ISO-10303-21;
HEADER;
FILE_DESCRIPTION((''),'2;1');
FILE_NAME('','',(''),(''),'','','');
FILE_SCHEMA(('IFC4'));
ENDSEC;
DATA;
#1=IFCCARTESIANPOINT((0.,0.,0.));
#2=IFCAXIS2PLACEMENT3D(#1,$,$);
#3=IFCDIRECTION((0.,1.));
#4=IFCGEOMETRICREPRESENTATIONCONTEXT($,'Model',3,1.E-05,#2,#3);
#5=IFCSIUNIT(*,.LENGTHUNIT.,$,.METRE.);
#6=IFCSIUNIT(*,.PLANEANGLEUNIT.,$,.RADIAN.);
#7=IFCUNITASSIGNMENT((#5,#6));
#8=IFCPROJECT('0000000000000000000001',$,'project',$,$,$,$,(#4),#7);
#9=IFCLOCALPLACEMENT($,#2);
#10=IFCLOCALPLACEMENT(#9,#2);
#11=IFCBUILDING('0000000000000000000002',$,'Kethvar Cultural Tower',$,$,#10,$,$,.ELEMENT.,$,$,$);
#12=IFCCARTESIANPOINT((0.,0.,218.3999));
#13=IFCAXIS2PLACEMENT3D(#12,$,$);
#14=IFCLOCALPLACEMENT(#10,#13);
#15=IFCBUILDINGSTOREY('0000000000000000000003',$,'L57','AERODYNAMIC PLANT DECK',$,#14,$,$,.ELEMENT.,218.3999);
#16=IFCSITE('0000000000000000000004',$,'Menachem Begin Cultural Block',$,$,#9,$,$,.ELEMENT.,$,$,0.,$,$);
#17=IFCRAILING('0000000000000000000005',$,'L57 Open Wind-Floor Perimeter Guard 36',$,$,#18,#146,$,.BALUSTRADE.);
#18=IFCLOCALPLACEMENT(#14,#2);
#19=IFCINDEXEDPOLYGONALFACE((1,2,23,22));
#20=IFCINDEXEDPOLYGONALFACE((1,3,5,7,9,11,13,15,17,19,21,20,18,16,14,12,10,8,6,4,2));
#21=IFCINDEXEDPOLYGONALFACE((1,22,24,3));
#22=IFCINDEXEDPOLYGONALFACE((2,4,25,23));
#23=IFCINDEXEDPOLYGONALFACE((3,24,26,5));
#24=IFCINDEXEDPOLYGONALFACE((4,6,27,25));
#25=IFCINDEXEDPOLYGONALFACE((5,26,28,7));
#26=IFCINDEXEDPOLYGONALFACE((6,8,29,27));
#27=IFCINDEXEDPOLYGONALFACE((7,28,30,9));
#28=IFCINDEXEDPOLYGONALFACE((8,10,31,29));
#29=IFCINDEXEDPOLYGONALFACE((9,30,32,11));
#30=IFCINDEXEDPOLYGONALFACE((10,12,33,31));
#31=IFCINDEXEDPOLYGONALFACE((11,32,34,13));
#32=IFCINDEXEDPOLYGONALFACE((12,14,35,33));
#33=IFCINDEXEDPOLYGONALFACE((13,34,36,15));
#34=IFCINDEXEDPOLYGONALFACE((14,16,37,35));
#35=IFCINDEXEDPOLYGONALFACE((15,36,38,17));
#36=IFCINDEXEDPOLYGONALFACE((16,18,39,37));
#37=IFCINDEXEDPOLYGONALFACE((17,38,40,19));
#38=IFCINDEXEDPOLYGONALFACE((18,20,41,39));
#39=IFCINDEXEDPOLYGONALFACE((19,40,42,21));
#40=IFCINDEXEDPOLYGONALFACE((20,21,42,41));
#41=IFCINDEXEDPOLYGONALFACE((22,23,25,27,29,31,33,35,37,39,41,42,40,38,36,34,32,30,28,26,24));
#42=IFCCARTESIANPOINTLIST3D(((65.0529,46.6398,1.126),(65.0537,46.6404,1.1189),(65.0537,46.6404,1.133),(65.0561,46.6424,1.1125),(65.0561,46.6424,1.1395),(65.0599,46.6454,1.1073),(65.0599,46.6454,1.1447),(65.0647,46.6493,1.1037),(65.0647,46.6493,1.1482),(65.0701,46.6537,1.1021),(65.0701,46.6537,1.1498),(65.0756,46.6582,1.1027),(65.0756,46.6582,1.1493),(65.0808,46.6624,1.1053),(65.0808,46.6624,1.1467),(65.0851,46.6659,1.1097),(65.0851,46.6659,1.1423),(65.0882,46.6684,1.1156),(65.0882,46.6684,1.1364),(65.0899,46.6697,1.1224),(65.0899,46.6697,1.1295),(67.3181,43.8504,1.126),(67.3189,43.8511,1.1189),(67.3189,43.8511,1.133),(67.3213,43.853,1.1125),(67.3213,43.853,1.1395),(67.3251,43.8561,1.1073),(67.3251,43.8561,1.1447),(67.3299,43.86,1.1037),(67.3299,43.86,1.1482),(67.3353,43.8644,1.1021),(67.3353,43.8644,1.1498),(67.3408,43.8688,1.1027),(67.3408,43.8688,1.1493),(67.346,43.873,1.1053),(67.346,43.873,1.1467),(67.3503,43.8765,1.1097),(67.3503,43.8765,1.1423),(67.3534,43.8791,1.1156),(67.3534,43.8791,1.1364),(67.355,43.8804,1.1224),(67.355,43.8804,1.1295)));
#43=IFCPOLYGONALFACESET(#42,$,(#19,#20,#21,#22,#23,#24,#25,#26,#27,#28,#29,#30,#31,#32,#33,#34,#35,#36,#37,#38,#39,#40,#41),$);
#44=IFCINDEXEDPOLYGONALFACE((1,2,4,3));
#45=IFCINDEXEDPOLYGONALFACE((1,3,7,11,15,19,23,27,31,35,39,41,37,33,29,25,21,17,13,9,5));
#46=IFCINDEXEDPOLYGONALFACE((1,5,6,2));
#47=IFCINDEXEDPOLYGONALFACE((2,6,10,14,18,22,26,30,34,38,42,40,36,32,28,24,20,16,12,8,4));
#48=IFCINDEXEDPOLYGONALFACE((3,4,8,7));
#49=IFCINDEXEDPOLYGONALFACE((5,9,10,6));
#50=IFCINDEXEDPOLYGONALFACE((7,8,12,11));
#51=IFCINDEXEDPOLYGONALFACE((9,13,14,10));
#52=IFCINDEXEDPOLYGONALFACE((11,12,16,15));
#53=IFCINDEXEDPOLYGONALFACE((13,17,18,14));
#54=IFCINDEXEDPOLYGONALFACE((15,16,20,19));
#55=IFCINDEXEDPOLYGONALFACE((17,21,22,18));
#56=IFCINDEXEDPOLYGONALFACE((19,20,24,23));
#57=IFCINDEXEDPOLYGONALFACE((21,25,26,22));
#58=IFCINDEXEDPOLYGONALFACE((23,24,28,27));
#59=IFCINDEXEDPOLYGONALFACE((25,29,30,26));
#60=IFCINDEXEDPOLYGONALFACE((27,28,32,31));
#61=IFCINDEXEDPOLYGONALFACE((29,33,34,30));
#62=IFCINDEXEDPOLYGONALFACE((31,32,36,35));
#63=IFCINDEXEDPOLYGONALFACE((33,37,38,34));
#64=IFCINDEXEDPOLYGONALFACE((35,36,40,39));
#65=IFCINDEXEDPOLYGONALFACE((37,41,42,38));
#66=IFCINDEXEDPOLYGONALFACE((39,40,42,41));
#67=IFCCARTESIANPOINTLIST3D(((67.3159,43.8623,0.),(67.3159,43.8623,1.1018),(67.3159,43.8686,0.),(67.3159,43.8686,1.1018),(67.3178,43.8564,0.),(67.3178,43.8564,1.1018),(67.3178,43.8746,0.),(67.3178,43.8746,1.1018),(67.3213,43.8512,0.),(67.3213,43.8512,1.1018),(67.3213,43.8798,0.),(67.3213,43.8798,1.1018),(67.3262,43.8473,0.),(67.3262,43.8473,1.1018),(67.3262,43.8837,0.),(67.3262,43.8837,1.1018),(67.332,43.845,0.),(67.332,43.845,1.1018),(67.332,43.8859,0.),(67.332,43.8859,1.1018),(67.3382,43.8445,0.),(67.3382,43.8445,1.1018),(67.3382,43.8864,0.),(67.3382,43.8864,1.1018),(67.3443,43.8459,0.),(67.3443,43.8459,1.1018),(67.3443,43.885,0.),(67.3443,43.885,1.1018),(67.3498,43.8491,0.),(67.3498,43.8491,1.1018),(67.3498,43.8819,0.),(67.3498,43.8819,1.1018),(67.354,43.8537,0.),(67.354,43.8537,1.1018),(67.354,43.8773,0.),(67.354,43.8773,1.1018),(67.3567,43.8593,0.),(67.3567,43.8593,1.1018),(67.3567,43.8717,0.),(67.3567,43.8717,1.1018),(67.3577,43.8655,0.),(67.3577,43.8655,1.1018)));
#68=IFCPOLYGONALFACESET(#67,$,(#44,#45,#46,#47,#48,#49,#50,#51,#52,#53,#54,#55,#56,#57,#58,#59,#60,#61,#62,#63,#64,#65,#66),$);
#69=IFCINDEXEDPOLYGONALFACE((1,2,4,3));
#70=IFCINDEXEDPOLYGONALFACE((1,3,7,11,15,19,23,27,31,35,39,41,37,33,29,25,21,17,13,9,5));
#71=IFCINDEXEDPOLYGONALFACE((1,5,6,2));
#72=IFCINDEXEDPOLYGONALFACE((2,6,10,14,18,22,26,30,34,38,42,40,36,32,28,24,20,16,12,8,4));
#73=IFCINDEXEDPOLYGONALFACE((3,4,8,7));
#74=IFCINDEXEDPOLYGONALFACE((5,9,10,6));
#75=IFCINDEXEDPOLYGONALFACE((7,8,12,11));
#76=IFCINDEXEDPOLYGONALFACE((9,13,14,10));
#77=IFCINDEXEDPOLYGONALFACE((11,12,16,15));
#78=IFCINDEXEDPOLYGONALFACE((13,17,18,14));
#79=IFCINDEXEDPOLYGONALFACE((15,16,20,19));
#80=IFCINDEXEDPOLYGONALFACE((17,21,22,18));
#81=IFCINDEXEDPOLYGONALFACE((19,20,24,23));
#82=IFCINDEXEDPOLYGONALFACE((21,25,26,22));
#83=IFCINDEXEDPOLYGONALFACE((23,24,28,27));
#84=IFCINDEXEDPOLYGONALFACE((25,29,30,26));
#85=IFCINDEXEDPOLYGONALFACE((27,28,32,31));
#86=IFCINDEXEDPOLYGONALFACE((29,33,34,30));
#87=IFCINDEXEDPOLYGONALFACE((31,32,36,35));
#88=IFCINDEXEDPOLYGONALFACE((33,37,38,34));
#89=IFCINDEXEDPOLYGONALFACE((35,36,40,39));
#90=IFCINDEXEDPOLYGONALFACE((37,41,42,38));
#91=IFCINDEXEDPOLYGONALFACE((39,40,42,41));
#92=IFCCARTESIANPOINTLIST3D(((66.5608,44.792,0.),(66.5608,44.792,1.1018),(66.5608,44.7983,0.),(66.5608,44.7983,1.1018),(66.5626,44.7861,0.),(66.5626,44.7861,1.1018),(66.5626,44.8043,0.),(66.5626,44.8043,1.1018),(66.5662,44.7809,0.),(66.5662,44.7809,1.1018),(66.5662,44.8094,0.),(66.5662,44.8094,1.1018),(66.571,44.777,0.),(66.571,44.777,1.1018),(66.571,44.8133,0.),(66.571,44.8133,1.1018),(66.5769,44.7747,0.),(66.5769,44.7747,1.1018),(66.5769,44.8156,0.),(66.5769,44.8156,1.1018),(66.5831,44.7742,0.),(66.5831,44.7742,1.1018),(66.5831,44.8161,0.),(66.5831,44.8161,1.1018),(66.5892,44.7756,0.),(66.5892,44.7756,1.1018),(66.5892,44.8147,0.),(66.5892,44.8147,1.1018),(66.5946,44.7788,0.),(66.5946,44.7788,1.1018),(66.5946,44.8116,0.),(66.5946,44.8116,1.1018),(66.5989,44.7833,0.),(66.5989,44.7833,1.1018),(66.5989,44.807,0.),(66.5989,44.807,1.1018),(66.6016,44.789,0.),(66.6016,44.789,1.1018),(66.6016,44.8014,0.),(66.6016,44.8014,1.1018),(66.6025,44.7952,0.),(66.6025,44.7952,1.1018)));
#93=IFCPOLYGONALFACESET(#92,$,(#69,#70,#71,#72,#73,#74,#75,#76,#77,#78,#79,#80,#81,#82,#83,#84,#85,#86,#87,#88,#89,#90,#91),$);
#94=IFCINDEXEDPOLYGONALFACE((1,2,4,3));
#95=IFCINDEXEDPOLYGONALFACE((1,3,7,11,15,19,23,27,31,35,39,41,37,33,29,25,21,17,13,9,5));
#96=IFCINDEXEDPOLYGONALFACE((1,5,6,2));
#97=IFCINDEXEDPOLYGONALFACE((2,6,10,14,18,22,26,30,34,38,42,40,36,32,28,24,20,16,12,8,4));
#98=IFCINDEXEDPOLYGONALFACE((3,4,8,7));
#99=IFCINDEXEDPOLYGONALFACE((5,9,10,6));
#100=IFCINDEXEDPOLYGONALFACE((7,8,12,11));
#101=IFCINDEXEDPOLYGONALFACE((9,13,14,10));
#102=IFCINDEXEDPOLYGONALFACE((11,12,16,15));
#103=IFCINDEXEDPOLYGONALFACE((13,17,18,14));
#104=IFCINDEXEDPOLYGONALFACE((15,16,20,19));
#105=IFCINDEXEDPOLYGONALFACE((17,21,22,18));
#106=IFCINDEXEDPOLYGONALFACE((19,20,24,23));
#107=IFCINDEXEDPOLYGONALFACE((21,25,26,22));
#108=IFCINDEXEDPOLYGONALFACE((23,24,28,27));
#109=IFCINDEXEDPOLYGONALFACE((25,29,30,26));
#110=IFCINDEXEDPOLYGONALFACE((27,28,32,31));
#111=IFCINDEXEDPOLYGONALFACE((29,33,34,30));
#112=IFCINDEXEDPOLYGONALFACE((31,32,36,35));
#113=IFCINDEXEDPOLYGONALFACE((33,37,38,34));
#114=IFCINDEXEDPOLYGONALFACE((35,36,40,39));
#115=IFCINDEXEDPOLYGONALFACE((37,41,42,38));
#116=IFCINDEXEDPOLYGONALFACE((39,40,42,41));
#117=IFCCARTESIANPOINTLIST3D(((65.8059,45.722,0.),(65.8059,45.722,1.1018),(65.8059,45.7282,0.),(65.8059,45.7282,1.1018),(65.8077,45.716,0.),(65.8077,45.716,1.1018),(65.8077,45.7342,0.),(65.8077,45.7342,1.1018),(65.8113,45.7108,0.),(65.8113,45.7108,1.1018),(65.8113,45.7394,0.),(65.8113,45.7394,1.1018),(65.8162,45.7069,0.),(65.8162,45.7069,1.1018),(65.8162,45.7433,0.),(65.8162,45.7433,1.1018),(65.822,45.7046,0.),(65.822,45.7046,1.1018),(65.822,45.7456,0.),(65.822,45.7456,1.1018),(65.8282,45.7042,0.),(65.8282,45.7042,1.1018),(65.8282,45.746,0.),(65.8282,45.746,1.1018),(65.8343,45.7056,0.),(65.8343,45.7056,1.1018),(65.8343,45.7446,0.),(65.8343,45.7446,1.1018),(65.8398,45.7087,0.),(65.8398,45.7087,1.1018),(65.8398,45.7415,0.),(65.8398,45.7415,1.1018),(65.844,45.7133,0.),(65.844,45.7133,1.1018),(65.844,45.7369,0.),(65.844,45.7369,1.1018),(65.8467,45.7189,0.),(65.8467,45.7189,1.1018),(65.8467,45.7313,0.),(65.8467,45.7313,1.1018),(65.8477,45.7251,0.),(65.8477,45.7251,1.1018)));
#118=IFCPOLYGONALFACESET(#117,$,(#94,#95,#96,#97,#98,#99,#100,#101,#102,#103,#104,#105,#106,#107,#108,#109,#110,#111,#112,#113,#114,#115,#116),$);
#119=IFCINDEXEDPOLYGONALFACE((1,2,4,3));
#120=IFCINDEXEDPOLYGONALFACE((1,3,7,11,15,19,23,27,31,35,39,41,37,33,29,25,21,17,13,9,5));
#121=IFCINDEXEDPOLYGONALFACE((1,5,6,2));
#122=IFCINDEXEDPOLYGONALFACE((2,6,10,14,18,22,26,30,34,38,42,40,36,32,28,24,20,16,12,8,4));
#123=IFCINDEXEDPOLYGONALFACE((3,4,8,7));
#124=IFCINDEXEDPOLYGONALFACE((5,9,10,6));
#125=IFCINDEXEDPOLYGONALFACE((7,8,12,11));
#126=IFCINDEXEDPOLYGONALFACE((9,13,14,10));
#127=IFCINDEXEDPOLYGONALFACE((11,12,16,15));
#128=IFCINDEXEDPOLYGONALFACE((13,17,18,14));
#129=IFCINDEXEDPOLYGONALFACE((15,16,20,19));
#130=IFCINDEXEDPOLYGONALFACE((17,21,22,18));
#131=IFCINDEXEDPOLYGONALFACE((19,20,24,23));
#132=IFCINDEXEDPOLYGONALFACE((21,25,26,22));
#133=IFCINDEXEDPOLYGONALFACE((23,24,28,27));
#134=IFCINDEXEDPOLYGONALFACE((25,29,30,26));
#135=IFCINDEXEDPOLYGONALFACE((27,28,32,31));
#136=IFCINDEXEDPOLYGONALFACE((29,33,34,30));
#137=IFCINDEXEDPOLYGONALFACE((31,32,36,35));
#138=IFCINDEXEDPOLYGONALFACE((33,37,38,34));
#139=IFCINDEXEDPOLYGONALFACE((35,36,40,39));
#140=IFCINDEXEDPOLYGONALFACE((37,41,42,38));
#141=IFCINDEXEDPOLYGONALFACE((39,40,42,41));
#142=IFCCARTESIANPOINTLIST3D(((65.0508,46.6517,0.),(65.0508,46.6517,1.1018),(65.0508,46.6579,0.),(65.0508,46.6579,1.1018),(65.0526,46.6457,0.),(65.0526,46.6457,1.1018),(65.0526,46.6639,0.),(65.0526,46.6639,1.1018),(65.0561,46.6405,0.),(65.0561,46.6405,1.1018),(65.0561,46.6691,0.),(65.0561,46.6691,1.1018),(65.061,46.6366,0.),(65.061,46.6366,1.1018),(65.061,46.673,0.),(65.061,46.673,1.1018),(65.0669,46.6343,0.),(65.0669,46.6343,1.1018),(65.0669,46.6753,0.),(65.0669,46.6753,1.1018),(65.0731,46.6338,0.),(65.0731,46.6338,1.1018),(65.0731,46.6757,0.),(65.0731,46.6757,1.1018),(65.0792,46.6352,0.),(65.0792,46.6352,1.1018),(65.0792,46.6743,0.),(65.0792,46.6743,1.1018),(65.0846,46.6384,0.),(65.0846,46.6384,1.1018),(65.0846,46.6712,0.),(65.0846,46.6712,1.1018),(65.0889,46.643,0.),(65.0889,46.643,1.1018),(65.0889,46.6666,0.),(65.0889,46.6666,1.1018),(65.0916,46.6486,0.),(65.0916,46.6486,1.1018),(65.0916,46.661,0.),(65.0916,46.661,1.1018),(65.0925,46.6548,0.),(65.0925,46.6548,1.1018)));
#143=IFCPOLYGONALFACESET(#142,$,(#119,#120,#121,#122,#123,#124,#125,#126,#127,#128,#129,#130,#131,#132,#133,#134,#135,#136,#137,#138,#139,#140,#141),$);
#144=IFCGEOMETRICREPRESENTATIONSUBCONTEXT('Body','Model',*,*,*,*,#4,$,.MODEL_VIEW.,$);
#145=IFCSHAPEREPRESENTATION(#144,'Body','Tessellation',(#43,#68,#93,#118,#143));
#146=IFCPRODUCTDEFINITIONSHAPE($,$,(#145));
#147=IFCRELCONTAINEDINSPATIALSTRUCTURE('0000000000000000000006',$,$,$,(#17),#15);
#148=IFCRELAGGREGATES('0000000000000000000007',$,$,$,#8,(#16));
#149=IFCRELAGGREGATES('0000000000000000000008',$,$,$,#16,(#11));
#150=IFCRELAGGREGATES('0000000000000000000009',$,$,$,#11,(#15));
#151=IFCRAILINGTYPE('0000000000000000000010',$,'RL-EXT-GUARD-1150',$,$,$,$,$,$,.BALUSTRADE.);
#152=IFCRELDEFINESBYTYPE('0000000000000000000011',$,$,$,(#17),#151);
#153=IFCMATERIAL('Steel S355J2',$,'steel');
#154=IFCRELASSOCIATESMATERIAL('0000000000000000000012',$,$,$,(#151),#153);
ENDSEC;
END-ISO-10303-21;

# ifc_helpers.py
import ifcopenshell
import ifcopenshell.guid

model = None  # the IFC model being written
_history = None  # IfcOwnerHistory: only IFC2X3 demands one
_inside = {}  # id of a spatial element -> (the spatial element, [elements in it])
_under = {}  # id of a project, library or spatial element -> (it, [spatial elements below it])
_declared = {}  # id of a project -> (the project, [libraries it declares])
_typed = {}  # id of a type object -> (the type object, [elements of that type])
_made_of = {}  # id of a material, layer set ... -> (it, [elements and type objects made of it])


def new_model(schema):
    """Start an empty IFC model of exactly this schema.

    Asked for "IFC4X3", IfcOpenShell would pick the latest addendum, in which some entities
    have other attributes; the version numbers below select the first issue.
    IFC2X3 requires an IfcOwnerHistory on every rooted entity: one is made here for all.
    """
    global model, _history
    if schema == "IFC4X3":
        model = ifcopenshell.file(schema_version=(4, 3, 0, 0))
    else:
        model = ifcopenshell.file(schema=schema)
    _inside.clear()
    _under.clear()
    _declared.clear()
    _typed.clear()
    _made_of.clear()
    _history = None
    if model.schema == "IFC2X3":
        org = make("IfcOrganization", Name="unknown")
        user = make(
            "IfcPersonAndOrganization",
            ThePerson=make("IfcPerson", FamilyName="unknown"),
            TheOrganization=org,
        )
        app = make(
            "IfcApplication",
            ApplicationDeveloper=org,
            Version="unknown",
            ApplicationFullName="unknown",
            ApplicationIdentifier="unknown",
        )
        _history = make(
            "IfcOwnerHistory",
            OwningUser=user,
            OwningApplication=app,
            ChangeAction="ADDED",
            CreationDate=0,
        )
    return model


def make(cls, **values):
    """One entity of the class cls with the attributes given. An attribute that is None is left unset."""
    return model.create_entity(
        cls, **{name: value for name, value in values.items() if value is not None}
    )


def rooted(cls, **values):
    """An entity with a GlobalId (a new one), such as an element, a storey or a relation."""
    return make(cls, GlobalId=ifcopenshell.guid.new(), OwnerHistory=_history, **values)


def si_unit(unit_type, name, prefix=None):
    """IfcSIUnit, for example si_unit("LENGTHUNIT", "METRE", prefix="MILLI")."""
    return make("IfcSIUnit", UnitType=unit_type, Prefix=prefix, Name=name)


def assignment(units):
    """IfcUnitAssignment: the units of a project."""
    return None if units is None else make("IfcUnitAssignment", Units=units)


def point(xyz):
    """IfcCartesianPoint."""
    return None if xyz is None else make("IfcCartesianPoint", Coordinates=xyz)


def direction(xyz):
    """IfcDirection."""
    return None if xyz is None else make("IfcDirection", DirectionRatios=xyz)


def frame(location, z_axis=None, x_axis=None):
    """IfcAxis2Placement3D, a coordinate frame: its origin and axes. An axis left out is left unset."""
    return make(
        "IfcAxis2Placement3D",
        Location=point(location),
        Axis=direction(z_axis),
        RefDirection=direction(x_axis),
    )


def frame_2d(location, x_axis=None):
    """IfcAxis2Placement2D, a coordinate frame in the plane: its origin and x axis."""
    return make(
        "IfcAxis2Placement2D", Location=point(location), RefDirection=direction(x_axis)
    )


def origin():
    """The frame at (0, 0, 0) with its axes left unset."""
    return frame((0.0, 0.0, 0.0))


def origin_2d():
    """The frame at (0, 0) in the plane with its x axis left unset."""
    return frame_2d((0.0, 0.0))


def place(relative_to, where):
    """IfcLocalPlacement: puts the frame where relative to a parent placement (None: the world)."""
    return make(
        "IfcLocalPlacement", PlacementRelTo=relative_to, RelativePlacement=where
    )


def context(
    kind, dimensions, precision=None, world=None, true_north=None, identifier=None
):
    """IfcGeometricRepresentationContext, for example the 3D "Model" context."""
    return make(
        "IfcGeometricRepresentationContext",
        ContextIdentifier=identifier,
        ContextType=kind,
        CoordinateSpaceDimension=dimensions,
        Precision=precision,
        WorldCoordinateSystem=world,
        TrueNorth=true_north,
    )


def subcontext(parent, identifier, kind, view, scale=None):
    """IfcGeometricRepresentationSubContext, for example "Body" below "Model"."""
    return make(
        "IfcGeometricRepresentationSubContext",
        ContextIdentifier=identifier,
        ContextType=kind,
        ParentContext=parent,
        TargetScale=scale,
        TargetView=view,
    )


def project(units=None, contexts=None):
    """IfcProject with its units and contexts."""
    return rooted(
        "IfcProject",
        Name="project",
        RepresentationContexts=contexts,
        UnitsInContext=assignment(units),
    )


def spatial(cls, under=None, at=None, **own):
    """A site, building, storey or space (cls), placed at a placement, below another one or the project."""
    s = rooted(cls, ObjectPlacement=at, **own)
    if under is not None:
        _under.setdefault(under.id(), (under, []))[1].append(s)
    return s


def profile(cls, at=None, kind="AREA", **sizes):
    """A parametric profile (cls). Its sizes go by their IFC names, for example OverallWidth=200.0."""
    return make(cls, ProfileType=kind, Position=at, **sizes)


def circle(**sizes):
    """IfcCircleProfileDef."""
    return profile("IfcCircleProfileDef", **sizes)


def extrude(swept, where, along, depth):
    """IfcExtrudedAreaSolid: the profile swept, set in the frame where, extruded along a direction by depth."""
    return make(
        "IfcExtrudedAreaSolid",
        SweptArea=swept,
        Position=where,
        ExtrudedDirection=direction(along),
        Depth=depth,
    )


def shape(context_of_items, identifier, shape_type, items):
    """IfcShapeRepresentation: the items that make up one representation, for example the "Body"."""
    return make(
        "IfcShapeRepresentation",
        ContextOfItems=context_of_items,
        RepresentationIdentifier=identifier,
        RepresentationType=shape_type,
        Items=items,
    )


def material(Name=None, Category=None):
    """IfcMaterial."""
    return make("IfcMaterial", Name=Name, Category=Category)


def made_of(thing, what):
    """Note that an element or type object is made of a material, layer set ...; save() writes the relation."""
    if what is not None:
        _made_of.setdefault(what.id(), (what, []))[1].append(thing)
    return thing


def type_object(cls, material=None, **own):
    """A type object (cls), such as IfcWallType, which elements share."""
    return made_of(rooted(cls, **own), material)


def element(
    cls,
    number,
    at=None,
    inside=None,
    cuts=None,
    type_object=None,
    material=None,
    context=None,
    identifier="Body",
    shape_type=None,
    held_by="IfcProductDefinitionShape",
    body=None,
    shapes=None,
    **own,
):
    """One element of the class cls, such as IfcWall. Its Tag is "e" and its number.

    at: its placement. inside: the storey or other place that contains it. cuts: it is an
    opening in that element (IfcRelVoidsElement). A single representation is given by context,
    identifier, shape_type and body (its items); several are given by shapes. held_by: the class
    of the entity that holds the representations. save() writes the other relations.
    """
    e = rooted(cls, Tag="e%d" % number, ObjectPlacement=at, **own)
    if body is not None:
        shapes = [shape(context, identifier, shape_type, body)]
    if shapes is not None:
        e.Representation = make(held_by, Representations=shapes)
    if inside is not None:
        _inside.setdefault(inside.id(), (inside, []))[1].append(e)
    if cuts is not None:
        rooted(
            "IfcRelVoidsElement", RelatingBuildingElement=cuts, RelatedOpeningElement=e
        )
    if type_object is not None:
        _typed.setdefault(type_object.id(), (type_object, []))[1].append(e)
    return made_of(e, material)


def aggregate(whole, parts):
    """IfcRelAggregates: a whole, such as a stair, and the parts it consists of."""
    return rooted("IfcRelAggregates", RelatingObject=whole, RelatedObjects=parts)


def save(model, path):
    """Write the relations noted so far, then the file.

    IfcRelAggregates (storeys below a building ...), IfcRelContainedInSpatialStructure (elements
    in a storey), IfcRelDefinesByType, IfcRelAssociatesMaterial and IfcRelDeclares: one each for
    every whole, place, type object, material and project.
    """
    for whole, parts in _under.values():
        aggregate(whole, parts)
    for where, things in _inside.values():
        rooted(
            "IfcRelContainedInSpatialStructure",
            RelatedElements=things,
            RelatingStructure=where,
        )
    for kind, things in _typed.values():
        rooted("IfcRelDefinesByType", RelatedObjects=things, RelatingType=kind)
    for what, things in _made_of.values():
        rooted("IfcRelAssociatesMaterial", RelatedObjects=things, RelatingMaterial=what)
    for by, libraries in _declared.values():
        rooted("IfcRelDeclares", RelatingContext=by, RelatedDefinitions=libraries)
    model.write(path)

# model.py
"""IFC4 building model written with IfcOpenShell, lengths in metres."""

from ifc_helpers import new_model, si_unit, direction, frame, origin, origin_2d, place, context, subcontext, project, spatial, circle, extrude, material, type_object, element, save


model = new_model("IFC4")

# Units and contexts
model_context = context("Model", 3, precision=1e-05, world=origin(), true_north=direction((0.0, 1.0)))
body_context = subcontext(model_context, "Body", "Model", "MODEL_VIEW")
ifc_project = project(units=[si_unit("LENGTHUNIT", "METRE"), si_unit("PLANEANGLEUNIT", "RADIAN")], contexts=[model_context])

# Site, building, storey
site_placement = place(None, origin())
site = spatial("IfcSite", under=ifc_project, at=site_placement, Name="Menachem Begin Cultural Block", CompositionType="ELEMENT", RefElevation=0.0)
building_placement = place(site_placement, origin())
building = spatial("IfcBuilding", under=site, at=building_placement, Name="Kethvar Cultural Tower", CompositionType="ELEMENT")
storey_placement = place(building_placement, frame((0.0, 0.0, 218.3999)))
storey = spatial("IfcBuildingStorey", under=building, at=storey_placement, Name="L57", Description="AERODYNAMIC PLANT DECK", CompositionType="ELEMENT", Elevation=218.3999)

# Shared definitions
ifc_material_1 = material(Name="Steel S355J2", Category="steel")

# Railing
railing_type_1 = type_object("IfcRailingType", Name="RL-EXT-GUARD-1150", PredefinedType="BALUSTRADE", material=ifc_material_1)
railing_1_placement = place(storey_placement, frame((67.3367, 43.8655, 0.0)))
element("IfcRailing", 1, at=railing_1_placement, inside=storey, type_object=railing_type_1, Name="L57 Open Wind-Floor Perimeter Guard 36", PredefinedType="BALUSTRADE", context=body_context, shape_type="SweptSolid", body=[
    extrude(circle(Radius=0.0239, at=origin_2d()), frame((0.0, 0.0, 1.126), z_axis=(-0.630396, 0.776274, 0.0), x_axis=(-0.776274, -0.630396, 0.0)), (0.0, 0.0, 1.0), 3.5933),
    extrude(circle(Radius=0.021, at=origin_2d()), origin(), (0.0, 0.0, 1.0), 1.1018),
    extrude(circle(Radius=0.021, at=origin_2d()), frame((-0.7551, 0.9297, 0.0)), (0.0, 0.0, 1.0), 1.1018),
    extrude(circle(Radius=0.021, at=origin_2d()), frame((-1.51, 1.8596, 0.0)), (0.0, 0.0, 1.0), 1.1018),
    extrude(circle(Radius=0.021, at=origin_2d()), frame((-2.2651, 2.7893, 0.0)), (0.0, 0.0, 1.0), 1.1018),
])

save(model, "model.ifc")
